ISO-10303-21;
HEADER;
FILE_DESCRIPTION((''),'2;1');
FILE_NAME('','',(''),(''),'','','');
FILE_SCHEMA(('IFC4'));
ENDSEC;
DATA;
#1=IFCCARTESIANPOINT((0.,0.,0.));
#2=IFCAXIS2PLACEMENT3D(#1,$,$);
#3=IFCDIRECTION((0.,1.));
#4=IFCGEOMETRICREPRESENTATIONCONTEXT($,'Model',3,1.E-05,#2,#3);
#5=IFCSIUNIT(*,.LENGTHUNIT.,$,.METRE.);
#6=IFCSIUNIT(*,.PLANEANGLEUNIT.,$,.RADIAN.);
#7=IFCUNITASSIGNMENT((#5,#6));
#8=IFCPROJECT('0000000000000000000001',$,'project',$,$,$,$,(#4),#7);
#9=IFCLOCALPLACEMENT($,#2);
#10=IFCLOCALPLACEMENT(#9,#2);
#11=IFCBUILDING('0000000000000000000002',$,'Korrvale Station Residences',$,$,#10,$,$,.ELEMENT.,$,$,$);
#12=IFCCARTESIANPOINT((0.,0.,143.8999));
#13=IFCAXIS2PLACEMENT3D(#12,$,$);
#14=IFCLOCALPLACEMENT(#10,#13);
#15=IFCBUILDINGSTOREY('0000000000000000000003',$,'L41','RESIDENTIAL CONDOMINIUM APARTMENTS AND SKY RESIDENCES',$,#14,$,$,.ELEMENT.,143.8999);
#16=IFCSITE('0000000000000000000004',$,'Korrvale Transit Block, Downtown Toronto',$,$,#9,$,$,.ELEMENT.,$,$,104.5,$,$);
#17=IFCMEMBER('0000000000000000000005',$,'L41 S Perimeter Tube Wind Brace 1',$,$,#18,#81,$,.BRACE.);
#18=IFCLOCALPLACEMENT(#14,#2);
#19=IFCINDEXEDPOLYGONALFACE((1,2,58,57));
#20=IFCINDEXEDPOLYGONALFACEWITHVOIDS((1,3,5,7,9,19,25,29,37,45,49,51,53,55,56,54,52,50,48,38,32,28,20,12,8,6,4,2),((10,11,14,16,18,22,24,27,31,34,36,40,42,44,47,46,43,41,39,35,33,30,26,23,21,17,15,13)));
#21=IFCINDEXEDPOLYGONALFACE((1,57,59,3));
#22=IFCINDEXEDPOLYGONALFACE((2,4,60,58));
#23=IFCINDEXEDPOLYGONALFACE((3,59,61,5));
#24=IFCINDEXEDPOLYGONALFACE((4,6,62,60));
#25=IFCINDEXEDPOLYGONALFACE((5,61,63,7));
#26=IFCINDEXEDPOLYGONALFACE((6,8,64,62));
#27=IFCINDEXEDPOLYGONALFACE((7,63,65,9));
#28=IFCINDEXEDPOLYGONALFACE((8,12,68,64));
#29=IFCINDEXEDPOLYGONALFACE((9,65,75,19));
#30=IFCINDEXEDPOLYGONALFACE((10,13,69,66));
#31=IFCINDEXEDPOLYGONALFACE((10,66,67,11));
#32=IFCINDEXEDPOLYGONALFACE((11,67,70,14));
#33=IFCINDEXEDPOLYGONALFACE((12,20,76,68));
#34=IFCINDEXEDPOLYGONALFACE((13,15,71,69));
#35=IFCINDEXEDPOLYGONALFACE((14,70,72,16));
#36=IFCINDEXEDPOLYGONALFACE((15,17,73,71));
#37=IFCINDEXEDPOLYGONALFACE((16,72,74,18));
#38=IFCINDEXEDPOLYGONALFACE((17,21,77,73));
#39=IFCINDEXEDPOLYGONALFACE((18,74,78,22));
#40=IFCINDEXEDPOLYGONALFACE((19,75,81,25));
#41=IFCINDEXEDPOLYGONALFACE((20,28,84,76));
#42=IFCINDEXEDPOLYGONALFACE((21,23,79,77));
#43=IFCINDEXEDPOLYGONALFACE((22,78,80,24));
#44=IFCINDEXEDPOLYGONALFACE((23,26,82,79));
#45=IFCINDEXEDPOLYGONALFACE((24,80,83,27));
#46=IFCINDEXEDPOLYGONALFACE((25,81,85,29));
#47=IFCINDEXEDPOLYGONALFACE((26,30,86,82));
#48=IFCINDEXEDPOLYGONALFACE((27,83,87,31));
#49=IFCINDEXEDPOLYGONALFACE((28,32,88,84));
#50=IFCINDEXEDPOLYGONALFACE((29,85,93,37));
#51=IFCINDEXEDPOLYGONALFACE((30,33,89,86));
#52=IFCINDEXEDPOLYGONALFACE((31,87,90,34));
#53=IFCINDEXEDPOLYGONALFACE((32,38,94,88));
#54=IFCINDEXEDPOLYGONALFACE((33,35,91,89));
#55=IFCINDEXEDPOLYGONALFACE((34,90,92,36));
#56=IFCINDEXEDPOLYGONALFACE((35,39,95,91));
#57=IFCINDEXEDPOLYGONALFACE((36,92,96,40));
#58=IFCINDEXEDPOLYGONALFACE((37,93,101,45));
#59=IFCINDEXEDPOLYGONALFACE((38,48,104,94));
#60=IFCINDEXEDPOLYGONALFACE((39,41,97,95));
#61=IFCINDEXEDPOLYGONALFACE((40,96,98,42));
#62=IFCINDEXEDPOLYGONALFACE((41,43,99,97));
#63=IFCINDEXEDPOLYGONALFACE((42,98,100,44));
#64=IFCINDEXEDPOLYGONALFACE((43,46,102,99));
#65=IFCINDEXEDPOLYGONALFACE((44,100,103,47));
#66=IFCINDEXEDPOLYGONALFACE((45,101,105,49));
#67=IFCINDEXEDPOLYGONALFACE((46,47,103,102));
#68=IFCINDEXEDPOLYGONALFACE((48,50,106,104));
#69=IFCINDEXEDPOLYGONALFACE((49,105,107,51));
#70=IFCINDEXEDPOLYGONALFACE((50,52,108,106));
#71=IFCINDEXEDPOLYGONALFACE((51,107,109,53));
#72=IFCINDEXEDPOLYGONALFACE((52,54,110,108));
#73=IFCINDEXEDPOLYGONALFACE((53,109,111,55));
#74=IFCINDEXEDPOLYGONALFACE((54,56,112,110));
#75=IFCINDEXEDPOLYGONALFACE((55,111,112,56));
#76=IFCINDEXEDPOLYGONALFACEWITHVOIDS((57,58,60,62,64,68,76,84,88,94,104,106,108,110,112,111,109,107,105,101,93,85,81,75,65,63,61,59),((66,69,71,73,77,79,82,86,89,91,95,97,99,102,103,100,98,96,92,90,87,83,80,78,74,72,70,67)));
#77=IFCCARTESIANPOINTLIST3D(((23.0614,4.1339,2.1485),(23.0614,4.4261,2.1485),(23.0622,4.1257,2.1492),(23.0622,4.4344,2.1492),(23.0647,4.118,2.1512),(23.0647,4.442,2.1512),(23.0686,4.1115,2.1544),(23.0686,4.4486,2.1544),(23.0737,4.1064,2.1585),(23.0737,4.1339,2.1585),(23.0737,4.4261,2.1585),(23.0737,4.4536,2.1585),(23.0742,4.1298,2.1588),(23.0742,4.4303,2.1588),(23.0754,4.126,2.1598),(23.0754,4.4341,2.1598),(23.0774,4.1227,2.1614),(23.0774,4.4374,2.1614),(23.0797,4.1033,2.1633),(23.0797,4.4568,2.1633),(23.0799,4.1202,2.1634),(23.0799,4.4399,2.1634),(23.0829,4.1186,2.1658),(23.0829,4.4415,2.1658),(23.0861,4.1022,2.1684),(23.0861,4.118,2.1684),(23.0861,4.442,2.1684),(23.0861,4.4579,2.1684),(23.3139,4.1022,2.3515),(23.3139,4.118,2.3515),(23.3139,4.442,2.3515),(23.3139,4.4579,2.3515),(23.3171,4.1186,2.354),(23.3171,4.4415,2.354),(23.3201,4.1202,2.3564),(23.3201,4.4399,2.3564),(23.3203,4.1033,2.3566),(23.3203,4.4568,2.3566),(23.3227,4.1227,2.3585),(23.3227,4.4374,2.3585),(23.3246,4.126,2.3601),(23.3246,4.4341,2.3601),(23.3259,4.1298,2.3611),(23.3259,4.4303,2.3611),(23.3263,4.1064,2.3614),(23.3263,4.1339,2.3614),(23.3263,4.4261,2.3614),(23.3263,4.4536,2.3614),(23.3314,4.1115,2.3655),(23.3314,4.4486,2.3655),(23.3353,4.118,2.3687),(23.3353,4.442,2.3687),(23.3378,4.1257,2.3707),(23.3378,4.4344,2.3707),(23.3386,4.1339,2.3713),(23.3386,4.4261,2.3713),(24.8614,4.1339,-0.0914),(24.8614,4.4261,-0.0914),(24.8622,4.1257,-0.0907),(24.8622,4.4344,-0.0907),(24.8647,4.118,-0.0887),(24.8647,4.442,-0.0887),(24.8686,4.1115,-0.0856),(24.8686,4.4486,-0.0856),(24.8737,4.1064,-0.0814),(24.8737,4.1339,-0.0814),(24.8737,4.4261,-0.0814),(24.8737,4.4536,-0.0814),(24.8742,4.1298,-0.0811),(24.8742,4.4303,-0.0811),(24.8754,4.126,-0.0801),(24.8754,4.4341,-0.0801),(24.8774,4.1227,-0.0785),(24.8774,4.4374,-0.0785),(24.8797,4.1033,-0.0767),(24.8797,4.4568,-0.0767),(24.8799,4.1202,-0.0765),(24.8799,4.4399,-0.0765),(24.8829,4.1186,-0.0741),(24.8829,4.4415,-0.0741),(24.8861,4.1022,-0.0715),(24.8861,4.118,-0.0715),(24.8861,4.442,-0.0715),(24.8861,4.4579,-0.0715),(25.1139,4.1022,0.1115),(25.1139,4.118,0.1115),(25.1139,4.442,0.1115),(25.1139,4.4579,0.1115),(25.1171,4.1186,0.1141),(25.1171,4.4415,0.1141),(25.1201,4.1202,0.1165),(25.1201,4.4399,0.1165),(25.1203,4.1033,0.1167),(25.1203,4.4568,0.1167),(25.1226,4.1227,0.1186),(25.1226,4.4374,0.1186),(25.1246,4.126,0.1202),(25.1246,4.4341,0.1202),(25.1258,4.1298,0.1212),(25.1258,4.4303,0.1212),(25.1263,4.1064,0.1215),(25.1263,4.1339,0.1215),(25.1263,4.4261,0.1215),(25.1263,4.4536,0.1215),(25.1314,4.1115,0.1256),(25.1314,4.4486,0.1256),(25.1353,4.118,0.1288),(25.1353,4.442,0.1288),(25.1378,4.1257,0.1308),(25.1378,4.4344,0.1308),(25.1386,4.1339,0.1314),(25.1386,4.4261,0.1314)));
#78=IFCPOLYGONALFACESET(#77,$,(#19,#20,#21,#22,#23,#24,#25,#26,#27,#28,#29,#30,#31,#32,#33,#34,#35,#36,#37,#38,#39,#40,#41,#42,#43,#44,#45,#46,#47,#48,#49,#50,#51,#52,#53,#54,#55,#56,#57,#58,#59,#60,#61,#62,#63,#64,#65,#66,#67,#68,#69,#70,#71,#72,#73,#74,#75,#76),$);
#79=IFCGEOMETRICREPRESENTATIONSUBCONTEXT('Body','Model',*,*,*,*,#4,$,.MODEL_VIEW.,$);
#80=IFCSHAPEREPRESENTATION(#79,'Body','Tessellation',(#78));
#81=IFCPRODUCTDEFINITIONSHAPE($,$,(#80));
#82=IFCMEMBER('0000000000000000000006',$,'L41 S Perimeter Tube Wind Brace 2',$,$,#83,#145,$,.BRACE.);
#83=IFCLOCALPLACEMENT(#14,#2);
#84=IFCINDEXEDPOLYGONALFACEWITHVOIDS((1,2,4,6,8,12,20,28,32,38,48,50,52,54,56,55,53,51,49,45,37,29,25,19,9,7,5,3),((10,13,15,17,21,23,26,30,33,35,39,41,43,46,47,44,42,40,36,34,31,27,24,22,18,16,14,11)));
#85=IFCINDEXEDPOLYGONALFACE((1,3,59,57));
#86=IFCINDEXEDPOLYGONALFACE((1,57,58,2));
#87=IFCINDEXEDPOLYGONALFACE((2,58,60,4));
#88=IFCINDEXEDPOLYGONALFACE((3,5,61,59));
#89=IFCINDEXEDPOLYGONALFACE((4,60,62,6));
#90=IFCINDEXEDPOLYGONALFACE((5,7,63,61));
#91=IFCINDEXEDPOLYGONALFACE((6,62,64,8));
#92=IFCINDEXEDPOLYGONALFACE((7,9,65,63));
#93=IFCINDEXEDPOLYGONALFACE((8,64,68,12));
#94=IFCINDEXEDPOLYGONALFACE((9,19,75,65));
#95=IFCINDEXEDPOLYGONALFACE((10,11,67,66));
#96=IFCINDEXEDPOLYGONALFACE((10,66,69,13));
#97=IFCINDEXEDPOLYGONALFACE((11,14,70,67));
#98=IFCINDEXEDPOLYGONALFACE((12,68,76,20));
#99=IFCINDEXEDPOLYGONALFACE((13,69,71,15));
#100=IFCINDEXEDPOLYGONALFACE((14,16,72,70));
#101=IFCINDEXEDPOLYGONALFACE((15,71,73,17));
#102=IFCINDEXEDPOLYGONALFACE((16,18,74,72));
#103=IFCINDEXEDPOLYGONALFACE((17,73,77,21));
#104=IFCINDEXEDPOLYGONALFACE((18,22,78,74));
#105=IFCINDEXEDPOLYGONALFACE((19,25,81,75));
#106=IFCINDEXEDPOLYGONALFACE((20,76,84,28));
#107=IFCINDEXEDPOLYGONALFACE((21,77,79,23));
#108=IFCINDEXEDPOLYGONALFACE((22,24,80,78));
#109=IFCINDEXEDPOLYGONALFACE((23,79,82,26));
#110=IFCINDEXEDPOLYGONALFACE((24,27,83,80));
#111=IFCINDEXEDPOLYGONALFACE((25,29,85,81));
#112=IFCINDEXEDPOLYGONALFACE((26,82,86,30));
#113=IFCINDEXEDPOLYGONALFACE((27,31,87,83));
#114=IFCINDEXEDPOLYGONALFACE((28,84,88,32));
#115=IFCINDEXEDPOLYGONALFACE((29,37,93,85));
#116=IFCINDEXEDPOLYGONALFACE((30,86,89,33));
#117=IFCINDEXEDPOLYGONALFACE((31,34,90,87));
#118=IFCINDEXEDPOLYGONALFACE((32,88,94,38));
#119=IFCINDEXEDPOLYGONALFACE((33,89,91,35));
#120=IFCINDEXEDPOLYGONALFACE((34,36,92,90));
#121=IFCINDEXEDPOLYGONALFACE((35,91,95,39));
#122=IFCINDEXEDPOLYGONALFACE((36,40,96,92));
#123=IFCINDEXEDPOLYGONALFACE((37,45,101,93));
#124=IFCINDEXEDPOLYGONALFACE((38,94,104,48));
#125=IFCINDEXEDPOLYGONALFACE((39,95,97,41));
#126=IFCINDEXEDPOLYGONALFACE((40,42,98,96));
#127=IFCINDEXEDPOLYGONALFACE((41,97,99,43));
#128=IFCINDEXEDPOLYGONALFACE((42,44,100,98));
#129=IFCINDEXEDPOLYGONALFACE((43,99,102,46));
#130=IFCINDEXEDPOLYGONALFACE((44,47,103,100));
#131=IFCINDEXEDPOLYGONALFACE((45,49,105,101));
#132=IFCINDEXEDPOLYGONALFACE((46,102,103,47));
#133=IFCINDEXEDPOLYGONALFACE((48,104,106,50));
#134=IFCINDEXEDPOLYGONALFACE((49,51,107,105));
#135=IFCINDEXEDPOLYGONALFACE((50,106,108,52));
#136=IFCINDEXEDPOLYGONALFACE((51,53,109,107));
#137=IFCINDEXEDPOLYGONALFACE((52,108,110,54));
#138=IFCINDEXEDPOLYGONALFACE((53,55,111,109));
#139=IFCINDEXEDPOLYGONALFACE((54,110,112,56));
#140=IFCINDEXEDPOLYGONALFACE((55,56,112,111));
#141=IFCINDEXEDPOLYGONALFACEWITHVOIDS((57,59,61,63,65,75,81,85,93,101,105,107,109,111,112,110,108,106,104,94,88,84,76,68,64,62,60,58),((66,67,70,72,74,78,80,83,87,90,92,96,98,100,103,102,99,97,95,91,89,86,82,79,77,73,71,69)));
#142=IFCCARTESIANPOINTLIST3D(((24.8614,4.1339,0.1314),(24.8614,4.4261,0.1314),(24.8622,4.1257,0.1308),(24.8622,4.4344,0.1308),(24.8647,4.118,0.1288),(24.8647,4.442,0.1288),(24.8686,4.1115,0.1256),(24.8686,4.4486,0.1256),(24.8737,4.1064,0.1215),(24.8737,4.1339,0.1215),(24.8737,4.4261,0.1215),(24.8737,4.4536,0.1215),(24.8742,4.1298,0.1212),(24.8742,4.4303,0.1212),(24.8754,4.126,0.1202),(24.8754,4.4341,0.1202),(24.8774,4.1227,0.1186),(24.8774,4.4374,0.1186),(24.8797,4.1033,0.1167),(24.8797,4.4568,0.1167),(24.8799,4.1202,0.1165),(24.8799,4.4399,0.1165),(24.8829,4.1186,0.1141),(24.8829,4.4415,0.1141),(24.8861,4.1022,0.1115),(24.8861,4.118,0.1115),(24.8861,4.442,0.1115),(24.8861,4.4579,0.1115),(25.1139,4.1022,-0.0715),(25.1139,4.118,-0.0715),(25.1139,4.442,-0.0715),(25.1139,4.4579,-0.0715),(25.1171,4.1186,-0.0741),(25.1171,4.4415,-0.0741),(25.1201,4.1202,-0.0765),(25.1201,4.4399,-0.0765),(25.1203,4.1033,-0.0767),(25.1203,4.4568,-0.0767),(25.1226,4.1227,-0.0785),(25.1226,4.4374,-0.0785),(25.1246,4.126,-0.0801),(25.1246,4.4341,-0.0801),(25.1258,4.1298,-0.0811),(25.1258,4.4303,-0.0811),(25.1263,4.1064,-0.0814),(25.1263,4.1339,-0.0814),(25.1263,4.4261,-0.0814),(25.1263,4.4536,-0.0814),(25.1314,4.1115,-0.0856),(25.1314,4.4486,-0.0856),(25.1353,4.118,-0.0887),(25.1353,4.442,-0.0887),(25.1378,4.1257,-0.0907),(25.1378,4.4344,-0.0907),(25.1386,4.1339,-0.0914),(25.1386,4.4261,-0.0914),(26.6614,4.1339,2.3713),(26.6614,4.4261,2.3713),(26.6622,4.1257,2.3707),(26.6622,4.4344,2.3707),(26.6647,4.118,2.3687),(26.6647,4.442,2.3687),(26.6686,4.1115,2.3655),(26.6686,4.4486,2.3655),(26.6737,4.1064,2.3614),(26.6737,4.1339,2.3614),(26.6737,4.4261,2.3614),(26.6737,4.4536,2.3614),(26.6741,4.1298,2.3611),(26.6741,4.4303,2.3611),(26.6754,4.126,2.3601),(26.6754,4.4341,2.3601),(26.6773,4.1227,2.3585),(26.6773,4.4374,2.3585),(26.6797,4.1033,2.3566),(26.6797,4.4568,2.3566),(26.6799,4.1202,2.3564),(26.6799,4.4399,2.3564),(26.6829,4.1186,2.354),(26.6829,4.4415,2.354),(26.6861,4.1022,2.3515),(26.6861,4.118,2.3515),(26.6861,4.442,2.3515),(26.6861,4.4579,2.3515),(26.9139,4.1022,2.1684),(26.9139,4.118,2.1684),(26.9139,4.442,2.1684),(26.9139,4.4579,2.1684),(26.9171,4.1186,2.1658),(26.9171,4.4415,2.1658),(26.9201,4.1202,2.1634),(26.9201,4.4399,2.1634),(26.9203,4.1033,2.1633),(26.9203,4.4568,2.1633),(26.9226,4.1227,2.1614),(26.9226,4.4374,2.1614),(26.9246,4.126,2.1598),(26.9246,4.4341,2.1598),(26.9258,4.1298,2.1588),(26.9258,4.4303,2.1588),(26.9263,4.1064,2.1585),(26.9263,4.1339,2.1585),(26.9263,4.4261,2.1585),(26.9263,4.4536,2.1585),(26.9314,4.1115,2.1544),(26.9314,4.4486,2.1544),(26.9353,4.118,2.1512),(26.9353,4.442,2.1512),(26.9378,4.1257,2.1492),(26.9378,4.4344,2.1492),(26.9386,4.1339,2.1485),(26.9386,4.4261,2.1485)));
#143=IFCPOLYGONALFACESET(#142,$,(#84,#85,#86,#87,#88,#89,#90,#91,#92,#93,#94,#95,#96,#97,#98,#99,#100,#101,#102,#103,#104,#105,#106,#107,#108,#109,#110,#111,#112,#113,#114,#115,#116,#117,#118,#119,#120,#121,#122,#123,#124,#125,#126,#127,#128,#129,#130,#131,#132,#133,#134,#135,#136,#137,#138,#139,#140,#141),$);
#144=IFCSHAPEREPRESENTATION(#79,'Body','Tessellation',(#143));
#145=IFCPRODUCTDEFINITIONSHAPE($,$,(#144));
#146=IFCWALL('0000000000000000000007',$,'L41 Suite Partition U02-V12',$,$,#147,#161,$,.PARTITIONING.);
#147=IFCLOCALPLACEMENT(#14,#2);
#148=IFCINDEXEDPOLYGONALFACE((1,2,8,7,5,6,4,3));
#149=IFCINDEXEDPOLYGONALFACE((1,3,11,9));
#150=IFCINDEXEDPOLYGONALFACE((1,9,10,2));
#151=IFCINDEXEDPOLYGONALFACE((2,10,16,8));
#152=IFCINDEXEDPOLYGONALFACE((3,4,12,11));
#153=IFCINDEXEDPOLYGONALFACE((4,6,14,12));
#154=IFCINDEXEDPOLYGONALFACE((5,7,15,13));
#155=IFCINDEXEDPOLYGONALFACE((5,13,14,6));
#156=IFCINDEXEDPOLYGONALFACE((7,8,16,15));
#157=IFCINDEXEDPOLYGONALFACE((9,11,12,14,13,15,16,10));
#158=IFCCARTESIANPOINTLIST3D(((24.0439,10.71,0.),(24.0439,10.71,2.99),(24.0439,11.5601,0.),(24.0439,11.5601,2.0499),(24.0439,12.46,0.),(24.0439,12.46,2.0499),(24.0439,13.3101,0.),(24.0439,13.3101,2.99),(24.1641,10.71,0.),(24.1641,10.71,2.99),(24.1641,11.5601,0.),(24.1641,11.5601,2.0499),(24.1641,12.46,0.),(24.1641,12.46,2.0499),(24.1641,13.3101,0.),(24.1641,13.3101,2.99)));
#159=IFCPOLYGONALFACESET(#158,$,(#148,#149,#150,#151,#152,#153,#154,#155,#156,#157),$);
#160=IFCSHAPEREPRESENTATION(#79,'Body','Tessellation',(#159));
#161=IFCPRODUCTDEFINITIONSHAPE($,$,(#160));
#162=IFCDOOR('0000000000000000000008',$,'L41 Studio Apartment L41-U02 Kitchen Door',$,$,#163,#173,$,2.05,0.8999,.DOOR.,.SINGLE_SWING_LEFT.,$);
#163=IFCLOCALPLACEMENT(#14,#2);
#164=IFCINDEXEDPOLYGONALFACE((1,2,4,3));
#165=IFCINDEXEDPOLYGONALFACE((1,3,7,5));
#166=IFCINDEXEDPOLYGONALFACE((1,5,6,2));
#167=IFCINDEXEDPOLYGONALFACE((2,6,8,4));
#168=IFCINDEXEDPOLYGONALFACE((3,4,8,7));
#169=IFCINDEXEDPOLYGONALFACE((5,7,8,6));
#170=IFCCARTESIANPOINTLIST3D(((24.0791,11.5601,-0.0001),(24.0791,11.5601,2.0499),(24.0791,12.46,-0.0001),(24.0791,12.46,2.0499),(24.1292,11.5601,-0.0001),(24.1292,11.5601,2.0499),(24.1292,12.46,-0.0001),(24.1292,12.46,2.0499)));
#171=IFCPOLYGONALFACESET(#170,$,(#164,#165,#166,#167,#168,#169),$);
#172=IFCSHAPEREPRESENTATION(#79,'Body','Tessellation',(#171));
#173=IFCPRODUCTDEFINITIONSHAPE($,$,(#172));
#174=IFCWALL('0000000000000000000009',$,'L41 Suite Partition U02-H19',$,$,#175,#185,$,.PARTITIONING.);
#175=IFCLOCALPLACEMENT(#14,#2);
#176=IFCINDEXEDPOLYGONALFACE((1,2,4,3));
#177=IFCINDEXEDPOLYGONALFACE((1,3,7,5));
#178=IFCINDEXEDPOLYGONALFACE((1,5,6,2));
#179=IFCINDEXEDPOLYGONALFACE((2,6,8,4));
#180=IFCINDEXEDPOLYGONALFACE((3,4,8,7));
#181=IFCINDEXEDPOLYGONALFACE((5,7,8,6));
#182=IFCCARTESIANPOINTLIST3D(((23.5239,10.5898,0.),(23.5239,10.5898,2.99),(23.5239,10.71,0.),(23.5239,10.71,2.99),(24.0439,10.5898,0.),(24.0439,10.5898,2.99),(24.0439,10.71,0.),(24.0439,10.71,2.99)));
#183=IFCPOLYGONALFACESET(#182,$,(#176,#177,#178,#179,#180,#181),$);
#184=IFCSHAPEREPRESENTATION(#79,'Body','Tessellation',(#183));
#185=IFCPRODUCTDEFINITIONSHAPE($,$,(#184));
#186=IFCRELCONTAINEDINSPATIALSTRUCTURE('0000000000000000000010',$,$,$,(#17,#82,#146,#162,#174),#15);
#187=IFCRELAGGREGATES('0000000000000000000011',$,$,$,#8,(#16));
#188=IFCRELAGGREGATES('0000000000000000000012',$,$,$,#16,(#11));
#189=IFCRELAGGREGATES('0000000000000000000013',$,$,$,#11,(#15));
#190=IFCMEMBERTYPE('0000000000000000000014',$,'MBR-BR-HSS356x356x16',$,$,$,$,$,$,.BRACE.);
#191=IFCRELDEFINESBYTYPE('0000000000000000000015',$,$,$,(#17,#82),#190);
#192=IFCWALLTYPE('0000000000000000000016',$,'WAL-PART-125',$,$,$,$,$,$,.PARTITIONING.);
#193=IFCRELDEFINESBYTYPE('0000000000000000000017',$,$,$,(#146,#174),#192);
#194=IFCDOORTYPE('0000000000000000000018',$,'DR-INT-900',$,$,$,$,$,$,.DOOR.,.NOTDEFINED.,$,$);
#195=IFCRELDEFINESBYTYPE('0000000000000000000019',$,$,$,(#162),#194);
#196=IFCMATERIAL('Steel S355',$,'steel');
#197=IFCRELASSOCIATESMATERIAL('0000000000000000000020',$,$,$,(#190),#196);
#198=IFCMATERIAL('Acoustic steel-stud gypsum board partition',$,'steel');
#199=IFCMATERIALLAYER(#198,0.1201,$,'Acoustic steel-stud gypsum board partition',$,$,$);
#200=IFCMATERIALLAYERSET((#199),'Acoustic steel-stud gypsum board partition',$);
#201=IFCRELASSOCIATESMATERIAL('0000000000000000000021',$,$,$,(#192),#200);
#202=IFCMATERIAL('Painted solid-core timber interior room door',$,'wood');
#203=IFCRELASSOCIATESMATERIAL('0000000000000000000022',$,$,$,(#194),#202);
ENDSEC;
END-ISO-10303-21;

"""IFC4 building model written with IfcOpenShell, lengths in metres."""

from ifc_helpers import new_model, si_unit, direction, frame, frame_2d, origin, origin_2d, place, context, subcontext, project, spatial, rectangle, hollow_rectangle, extrude, material, layer, layer_set, material_profile, profile_set, type_object, element, fill, save


model = new_model("IFC4")

# Units and contexts
model_context = context("Model", 3, precision=1e-05, world=origin(), true_north=direction((0.0, 1.0)))
body_context = subcontext(model_context, "Body", "Model", "MODEL_VIEW")
ifc_project = project(units=[si_unit("LENGTHUNIT", "METRE"), si_unit("PLANEANGLEUNIT", "RADIAN")], contexts=[model_context])

# Site, building, storey
site_placement = place(None, origin())
site = spatial("IfcSite", under=ifc_project, at=site_placement, Name="Korrvale Transit Block, Downtown Toronto", CompositionType="ELEMENT", RefElevation=104.5)
building_placement = place(site_placement, origin())
building = spatial("IfcBuilding", under=site, at=building_placement, Name="Korrvale Station Residences", CompositionType="ELEMENT")
storey_placement = place(building_placement, frame((0.0, 0.0, 143.8999)))
storey = spatial("IfcBuildingStorey", under=building, at=storey_placement, Name="L41", Description="RESIDENTIAL CONDOMINIUM APARTMENTS AND SKY RESIDENCES", CompositionType="ELEMENT", Elevation=143.8999)

# Members
ifc_material_1 = material(Name="Steel S355", Category="steel")
ifc_material_profile = material_profile(ifc_material_1, hollow_rectangle(XDim=0.3557, YDim=0.3557, WallThickness=0.0159, InnerFilletRadius=0.0159, OuterFilletRadius=0.0317, at=origin_2d()), Name="HSS356x356x16")
ifc_profile_set = profile_set([ifc_material_profile], Name="Steel S355")
member_type = type_object("IfcMemberType", Name="MBR-BR-HSS356x356x16", PredefinedType="BRACE", material=ifc_profile_set)
for number, where, z_axis, x_axis, name in (
    (1, (25.0, 4.28, 0.02), (-0.626403, 0.0, 0.779499), (0.0, -1.0, 0.0), "L41 S Perimeter Tube Wind Brace 1"),
    (2, (25.0, 4.28, 0.02), (0.626403, 0.0, 0.779499), (0.0, 1.0, 0.0), "L41 S Perimeter Tube Wind Brace 2"),
):
    element("IfcMember", number, at=place(storey_placement, frame(where, z_axis=z_axis, x_axis=x_axis)), inside=storey, type_object=member_type, Name=name, PredefinedType="BRACE", context=body_context, shape_type="SweptSolid", body=[
        extrude(hollow_rectangle(XDim=0.3557, YDim=0.3557, WallThickness=0.0159, InnerFilletRadius=0.0159, OuterFilletRadius=0.0317, at=origin_2d()), origin(), (0.0, 0.0, 1.0), 2.8735),
    ])

# Wall, opening, door
ifc_material_2 = material(Name="Acoustic steel-stud gypsum board partition", Category="steel")
ifc_layer_1 = layer(ifc_material_2, 0.1201, Name="Acoustic steel-stud gypsum board partition")
ifc_layer_set_1 = layer_set([ifc_layer_1], Name="Acoustic steel-stud gypsum board partition")
wall_type = type_object("IfcWallType", Name="WAL-PART-125", PredefinedType="PARTITIONING", material=ifc_layer_set_1)
wall_1_placement = place(storey_placement, frame((24.104, 10.71, 0.0), z_axis=(0.0, 0.0, 1.0), x_axis=(0.0, 1.0, 0.0)))
wall_1 = element("IfcWall", 3, at=wall_1_placement, inside=storey, type_object=wall_type, Name="L41 Suite Partition U02-V12", PredefinedType="PARTITIONING", context=body_context, shape_type="SweptSolid", body=[
    extrude(rectangle(XDim=2.6001, YDim=0.1201, at=frame_2d((1.3, 0.0))), origin(), (0.0, 0.0, 1.0), 2.99),
])
opening_1_placement = place(wall_1_placement, frame((0.8501, 0.0, 0.0)))
opening_1 = element("IfcOpeningElement", 4, at=opening_1_placement, cuts=wall_1, PredefinedType="OPENING", context=body_context, shape_type="SweptSolid", body=[
    extrude(rectangle(XDim=0.8999, YDim=2.05, at=frame_2d((0.45, 1.0249))), frame((0.0, 0.0701, 0.0), z_axis=(0.0, -1.0, 0.0), x_axis=(1.0, 0.0, 0.0)), (0.0, 0.0, 1.0), 0.1401),
])
ifc_material_3 = material(Name="Painted solid-core timber interior room door", Category="wood")
door_type = type_object("IfcDoorType", Name="DR-INT-900", OperationType="NOTDEFINED", PredefinedType="DOOR", material=ifc_material_3)
door_1_placement = place(opening_1_placement, origin())
door_1 = element("IfcDoor", 5, at=door_1_placement, inside=storey, type_object=door_type, Name="L41 Studio Apartment L41-U02 Kitchen Door", OperationType="SINGLE_SWING_LEFT", OverallHeight=2.05, OverallWidth=0.8999, PredefinedType="DOOR", context=body_context, shape_type="SweptSolid", body=[
    extrude(rectangle(XDim=0.8999, YDim=2.05, at=frame_2d((0.45, 1.0249))), frame((0.0, 0.0249, 0.0), z_axis=(0.0, -1.0, 0.0), x_axis=(1.0, 0.0, 0.0)), (0.0, 0.0, 1.0), 0.05),
])
fill(opening_1, door_1)

# Wall
wall_2_placement = place(storey_placement, frame((23.5239, 10.6499, 0.0), z_axis=(0.0, 0.0, 1.0), x_axis=(1.0, 0.0, 0.0)))
element("IfcWall", 6, at=wall_2_placement, inside=storey, type_object=wall_type, Name="L41 Suite Partition U02-H19", PredefinedType="PARTITIONING", context=body_context, shape_type="SweptSolid", body=[
    extrude(rectangle(XDim=0.52, YDim=0.1201, at=frame_2d((0.26, 0.0))), origin(), (0.0, 0.0, 1.0), 2.99),
])

save(model, "model.ifc")
